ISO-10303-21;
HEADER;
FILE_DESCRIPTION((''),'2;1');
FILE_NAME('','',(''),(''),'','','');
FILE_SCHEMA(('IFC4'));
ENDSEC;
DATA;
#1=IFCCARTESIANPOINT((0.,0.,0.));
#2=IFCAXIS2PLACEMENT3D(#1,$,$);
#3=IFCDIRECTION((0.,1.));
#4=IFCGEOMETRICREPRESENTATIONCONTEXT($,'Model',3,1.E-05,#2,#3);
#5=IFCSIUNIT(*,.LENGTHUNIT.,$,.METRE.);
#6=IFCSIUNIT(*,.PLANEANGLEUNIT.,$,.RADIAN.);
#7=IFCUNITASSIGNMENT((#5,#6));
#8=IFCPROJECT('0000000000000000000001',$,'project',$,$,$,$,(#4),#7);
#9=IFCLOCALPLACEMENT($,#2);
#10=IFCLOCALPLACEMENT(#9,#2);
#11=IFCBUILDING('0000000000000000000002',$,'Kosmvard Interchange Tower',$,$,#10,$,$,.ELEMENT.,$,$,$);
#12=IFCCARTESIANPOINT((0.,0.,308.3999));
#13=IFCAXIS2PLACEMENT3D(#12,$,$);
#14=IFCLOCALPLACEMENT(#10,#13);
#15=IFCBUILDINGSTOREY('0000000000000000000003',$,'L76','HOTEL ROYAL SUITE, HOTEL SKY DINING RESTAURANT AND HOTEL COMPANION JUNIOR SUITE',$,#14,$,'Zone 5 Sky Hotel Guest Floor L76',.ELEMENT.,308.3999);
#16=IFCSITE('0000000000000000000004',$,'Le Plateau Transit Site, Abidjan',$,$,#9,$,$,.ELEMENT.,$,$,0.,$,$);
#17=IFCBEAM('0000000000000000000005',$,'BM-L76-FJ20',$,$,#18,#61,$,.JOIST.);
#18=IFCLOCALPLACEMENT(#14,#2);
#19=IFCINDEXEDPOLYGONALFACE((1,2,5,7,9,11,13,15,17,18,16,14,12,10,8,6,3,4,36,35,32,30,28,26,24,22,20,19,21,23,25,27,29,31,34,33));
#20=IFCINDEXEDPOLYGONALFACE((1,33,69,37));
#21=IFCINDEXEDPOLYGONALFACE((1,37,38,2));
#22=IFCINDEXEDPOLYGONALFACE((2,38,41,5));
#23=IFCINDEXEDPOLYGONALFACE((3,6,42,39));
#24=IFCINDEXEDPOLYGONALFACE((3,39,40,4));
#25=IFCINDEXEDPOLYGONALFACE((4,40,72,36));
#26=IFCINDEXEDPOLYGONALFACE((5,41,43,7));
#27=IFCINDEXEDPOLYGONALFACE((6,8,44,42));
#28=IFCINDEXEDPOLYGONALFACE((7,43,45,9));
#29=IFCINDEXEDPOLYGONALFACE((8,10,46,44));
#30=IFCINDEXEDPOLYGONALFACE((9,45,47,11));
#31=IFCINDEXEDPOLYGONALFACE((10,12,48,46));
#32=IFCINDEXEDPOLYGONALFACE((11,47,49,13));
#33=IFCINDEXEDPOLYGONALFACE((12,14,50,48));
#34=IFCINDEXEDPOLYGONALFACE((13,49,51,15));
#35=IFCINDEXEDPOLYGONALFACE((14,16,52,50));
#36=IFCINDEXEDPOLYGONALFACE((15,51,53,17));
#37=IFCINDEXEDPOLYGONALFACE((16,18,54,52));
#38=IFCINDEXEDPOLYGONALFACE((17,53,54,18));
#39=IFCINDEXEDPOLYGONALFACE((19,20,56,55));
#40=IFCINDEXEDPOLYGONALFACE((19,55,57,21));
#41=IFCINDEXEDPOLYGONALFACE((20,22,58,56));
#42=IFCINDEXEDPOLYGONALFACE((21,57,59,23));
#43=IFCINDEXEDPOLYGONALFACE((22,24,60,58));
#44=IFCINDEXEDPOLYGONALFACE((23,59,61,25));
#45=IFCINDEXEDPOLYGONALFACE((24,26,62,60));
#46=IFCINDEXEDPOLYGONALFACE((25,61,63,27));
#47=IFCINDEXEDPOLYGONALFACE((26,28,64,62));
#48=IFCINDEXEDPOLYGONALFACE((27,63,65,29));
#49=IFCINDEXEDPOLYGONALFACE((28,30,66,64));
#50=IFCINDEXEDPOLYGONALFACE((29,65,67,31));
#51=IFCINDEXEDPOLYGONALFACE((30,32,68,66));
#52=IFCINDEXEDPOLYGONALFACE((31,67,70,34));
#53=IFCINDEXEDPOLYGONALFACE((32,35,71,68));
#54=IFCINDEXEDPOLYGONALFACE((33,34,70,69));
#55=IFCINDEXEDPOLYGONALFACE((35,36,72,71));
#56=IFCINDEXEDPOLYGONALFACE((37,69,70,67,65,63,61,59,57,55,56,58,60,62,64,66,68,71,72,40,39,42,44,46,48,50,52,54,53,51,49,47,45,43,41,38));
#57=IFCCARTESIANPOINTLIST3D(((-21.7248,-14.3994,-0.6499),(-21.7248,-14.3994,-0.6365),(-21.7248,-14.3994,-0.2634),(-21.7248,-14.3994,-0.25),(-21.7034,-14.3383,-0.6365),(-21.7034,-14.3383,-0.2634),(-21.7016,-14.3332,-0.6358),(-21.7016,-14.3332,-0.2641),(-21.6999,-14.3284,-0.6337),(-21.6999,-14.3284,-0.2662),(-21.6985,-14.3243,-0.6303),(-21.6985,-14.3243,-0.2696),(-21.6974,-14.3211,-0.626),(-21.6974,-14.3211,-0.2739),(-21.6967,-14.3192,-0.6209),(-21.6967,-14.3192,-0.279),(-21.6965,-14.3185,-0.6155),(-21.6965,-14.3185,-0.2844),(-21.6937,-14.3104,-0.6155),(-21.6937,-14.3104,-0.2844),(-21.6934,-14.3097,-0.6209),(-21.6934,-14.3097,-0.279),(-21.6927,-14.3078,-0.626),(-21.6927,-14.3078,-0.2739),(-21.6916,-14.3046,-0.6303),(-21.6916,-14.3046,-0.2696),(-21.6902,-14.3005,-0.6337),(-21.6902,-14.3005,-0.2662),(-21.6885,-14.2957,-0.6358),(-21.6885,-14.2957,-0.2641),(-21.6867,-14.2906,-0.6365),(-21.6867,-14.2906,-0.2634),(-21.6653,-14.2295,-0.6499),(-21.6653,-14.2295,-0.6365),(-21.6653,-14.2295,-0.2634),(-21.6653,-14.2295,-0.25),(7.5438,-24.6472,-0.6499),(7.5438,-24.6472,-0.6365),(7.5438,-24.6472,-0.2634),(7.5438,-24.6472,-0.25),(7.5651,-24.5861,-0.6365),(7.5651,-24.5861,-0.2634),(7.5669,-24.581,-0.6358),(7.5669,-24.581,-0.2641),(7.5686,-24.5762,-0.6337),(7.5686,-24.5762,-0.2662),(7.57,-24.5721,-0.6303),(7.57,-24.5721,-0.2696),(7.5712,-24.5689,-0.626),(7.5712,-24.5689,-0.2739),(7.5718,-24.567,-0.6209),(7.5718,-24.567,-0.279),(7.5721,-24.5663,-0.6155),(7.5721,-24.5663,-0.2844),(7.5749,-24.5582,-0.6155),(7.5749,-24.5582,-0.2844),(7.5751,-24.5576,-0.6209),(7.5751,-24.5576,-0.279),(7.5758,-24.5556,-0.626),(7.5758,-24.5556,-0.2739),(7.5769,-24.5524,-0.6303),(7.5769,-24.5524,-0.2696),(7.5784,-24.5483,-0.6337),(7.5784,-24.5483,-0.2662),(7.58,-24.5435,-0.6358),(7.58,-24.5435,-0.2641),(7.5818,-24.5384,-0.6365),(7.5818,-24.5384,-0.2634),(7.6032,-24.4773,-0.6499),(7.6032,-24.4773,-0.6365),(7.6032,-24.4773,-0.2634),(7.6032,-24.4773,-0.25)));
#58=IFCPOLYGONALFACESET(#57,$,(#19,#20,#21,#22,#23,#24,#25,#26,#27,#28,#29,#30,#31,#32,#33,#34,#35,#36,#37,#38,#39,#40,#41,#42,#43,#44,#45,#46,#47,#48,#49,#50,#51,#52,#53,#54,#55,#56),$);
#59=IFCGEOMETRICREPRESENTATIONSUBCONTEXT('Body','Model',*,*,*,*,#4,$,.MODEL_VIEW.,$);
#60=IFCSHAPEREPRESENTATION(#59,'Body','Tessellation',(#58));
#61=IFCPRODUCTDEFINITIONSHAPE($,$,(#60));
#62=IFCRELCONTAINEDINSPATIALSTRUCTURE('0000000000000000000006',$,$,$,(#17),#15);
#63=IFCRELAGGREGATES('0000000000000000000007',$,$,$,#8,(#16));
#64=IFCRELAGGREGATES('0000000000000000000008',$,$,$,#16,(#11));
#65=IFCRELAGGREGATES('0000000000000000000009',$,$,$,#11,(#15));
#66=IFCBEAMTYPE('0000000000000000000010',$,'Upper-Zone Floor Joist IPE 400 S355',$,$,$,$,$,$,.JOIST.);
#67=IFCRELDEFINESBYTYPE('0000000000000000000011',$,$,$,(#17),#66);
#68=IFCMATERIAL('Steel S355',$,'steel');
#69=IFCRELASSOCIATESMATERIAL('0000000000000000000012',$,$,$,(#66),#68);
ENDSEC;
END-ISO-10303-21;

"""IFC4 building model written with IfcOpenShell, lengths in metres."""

from ifc_helpers import new_model, si_unit, direction, frame, origin, origin_2d, place, context, subcontext, project, spatial, i_section, extrude, source, transform, mapped, material, material_profile, profile_set, type_object, element, save


model = new_model("IFC4")

# Units and contexts
model_context = context("Model", 3, precision=1e-05, world=origin(), true_north=direction((0.0, 1.0)))
body_context = subcontext(model_context, "Body", "Model", "MODEL_VIEW")
ifc_project = project(units=[si_unit("LENGTHUNIT", "METRE"), si_unit("PLANEANGLEUNIT", "RADIAN")], contexts=[model_context])

# Site, building, storey
site_placement = place(None, origin())
site = spatial("IfcSite", under=ifc_project, at=site_placement, Name="Le Plateau Transit Site, Abidjan", CompositionType="ELEMENT", RefElevation=0.0)
building_placement = place(site_placement, origin())
building = spatial("IfcBuilding", under=site, at=building_placement, Name="Kosmvard Interchange Tower", CompositionType="ELEMENT")
storey_placement = place(building_placement, frame((0.0, 0.0, 308.3999)))
storey = spatial("IfcBuildingStorey", under=building, at=storey_placement, Name="L76", Description="HOTEL ROYAL SUITE, HOTEL SKY DINING RESTAURANT AND HOTEL COMPANION JUNIOR SUITE", LongName="Zone 5 Sky Hotel Guest Floor L76", CompositionType="ELEMENT", Elevation=308.3999)

# Beam
ifc_material_1 = material(Name="Steel S355", Category="steel")
ifc_material_profile_1 = material_profile(ifc_material_1, i_section(OverallWidth=0.1799, OverallDepth=0.3999, WebThickness=0.0085, FlangeThickness=0.0134, FilletRadius=0.021, at=origin_2d()), Name="IPE 400")
ifc_profile_set_1 = profile_set([ifc_material_profile_1], Name="Steel S355")
beam_type_1 = type_object("IfcBeamType", Name="Upper-Zone Floor Joist IPE 400 S355", PredefinedType="JOIST", material=ifc_profile_set_1)
shared_shape_1 = source(origin(), body_context, "Body", "SweptSolid", [
    extrude(i_section(OverallWidth=0.1799, OverallDepth=0.3999, WebThickness=0.0085, FlangeThickness=0.0134, FilletRadius=0.021, at=origin_2d()), origin(), (0.0, 0.0, 1.0), 31.0107),
])
beam_1_placement = place(storey_placement, frame((-21.6951, -14.3145, -0.45), z_axis=(0.94382, -0.33046, 0.0), x_axis=(0.33046, 0.94382, 0.0)))
element("IfcBeam", 1, at=beam_1_placement, inside=storey, type_object=beam_type_1, Name="BM-L76-FJ20", PredefinedType="JOIST", context=body_context, shape_type="MappedRepresentation", body=[
    mapped(shared_shape_1, transform((0.0, 0.0, 0.0), scale=1.0)),
])

save(model, "model.ifc")
